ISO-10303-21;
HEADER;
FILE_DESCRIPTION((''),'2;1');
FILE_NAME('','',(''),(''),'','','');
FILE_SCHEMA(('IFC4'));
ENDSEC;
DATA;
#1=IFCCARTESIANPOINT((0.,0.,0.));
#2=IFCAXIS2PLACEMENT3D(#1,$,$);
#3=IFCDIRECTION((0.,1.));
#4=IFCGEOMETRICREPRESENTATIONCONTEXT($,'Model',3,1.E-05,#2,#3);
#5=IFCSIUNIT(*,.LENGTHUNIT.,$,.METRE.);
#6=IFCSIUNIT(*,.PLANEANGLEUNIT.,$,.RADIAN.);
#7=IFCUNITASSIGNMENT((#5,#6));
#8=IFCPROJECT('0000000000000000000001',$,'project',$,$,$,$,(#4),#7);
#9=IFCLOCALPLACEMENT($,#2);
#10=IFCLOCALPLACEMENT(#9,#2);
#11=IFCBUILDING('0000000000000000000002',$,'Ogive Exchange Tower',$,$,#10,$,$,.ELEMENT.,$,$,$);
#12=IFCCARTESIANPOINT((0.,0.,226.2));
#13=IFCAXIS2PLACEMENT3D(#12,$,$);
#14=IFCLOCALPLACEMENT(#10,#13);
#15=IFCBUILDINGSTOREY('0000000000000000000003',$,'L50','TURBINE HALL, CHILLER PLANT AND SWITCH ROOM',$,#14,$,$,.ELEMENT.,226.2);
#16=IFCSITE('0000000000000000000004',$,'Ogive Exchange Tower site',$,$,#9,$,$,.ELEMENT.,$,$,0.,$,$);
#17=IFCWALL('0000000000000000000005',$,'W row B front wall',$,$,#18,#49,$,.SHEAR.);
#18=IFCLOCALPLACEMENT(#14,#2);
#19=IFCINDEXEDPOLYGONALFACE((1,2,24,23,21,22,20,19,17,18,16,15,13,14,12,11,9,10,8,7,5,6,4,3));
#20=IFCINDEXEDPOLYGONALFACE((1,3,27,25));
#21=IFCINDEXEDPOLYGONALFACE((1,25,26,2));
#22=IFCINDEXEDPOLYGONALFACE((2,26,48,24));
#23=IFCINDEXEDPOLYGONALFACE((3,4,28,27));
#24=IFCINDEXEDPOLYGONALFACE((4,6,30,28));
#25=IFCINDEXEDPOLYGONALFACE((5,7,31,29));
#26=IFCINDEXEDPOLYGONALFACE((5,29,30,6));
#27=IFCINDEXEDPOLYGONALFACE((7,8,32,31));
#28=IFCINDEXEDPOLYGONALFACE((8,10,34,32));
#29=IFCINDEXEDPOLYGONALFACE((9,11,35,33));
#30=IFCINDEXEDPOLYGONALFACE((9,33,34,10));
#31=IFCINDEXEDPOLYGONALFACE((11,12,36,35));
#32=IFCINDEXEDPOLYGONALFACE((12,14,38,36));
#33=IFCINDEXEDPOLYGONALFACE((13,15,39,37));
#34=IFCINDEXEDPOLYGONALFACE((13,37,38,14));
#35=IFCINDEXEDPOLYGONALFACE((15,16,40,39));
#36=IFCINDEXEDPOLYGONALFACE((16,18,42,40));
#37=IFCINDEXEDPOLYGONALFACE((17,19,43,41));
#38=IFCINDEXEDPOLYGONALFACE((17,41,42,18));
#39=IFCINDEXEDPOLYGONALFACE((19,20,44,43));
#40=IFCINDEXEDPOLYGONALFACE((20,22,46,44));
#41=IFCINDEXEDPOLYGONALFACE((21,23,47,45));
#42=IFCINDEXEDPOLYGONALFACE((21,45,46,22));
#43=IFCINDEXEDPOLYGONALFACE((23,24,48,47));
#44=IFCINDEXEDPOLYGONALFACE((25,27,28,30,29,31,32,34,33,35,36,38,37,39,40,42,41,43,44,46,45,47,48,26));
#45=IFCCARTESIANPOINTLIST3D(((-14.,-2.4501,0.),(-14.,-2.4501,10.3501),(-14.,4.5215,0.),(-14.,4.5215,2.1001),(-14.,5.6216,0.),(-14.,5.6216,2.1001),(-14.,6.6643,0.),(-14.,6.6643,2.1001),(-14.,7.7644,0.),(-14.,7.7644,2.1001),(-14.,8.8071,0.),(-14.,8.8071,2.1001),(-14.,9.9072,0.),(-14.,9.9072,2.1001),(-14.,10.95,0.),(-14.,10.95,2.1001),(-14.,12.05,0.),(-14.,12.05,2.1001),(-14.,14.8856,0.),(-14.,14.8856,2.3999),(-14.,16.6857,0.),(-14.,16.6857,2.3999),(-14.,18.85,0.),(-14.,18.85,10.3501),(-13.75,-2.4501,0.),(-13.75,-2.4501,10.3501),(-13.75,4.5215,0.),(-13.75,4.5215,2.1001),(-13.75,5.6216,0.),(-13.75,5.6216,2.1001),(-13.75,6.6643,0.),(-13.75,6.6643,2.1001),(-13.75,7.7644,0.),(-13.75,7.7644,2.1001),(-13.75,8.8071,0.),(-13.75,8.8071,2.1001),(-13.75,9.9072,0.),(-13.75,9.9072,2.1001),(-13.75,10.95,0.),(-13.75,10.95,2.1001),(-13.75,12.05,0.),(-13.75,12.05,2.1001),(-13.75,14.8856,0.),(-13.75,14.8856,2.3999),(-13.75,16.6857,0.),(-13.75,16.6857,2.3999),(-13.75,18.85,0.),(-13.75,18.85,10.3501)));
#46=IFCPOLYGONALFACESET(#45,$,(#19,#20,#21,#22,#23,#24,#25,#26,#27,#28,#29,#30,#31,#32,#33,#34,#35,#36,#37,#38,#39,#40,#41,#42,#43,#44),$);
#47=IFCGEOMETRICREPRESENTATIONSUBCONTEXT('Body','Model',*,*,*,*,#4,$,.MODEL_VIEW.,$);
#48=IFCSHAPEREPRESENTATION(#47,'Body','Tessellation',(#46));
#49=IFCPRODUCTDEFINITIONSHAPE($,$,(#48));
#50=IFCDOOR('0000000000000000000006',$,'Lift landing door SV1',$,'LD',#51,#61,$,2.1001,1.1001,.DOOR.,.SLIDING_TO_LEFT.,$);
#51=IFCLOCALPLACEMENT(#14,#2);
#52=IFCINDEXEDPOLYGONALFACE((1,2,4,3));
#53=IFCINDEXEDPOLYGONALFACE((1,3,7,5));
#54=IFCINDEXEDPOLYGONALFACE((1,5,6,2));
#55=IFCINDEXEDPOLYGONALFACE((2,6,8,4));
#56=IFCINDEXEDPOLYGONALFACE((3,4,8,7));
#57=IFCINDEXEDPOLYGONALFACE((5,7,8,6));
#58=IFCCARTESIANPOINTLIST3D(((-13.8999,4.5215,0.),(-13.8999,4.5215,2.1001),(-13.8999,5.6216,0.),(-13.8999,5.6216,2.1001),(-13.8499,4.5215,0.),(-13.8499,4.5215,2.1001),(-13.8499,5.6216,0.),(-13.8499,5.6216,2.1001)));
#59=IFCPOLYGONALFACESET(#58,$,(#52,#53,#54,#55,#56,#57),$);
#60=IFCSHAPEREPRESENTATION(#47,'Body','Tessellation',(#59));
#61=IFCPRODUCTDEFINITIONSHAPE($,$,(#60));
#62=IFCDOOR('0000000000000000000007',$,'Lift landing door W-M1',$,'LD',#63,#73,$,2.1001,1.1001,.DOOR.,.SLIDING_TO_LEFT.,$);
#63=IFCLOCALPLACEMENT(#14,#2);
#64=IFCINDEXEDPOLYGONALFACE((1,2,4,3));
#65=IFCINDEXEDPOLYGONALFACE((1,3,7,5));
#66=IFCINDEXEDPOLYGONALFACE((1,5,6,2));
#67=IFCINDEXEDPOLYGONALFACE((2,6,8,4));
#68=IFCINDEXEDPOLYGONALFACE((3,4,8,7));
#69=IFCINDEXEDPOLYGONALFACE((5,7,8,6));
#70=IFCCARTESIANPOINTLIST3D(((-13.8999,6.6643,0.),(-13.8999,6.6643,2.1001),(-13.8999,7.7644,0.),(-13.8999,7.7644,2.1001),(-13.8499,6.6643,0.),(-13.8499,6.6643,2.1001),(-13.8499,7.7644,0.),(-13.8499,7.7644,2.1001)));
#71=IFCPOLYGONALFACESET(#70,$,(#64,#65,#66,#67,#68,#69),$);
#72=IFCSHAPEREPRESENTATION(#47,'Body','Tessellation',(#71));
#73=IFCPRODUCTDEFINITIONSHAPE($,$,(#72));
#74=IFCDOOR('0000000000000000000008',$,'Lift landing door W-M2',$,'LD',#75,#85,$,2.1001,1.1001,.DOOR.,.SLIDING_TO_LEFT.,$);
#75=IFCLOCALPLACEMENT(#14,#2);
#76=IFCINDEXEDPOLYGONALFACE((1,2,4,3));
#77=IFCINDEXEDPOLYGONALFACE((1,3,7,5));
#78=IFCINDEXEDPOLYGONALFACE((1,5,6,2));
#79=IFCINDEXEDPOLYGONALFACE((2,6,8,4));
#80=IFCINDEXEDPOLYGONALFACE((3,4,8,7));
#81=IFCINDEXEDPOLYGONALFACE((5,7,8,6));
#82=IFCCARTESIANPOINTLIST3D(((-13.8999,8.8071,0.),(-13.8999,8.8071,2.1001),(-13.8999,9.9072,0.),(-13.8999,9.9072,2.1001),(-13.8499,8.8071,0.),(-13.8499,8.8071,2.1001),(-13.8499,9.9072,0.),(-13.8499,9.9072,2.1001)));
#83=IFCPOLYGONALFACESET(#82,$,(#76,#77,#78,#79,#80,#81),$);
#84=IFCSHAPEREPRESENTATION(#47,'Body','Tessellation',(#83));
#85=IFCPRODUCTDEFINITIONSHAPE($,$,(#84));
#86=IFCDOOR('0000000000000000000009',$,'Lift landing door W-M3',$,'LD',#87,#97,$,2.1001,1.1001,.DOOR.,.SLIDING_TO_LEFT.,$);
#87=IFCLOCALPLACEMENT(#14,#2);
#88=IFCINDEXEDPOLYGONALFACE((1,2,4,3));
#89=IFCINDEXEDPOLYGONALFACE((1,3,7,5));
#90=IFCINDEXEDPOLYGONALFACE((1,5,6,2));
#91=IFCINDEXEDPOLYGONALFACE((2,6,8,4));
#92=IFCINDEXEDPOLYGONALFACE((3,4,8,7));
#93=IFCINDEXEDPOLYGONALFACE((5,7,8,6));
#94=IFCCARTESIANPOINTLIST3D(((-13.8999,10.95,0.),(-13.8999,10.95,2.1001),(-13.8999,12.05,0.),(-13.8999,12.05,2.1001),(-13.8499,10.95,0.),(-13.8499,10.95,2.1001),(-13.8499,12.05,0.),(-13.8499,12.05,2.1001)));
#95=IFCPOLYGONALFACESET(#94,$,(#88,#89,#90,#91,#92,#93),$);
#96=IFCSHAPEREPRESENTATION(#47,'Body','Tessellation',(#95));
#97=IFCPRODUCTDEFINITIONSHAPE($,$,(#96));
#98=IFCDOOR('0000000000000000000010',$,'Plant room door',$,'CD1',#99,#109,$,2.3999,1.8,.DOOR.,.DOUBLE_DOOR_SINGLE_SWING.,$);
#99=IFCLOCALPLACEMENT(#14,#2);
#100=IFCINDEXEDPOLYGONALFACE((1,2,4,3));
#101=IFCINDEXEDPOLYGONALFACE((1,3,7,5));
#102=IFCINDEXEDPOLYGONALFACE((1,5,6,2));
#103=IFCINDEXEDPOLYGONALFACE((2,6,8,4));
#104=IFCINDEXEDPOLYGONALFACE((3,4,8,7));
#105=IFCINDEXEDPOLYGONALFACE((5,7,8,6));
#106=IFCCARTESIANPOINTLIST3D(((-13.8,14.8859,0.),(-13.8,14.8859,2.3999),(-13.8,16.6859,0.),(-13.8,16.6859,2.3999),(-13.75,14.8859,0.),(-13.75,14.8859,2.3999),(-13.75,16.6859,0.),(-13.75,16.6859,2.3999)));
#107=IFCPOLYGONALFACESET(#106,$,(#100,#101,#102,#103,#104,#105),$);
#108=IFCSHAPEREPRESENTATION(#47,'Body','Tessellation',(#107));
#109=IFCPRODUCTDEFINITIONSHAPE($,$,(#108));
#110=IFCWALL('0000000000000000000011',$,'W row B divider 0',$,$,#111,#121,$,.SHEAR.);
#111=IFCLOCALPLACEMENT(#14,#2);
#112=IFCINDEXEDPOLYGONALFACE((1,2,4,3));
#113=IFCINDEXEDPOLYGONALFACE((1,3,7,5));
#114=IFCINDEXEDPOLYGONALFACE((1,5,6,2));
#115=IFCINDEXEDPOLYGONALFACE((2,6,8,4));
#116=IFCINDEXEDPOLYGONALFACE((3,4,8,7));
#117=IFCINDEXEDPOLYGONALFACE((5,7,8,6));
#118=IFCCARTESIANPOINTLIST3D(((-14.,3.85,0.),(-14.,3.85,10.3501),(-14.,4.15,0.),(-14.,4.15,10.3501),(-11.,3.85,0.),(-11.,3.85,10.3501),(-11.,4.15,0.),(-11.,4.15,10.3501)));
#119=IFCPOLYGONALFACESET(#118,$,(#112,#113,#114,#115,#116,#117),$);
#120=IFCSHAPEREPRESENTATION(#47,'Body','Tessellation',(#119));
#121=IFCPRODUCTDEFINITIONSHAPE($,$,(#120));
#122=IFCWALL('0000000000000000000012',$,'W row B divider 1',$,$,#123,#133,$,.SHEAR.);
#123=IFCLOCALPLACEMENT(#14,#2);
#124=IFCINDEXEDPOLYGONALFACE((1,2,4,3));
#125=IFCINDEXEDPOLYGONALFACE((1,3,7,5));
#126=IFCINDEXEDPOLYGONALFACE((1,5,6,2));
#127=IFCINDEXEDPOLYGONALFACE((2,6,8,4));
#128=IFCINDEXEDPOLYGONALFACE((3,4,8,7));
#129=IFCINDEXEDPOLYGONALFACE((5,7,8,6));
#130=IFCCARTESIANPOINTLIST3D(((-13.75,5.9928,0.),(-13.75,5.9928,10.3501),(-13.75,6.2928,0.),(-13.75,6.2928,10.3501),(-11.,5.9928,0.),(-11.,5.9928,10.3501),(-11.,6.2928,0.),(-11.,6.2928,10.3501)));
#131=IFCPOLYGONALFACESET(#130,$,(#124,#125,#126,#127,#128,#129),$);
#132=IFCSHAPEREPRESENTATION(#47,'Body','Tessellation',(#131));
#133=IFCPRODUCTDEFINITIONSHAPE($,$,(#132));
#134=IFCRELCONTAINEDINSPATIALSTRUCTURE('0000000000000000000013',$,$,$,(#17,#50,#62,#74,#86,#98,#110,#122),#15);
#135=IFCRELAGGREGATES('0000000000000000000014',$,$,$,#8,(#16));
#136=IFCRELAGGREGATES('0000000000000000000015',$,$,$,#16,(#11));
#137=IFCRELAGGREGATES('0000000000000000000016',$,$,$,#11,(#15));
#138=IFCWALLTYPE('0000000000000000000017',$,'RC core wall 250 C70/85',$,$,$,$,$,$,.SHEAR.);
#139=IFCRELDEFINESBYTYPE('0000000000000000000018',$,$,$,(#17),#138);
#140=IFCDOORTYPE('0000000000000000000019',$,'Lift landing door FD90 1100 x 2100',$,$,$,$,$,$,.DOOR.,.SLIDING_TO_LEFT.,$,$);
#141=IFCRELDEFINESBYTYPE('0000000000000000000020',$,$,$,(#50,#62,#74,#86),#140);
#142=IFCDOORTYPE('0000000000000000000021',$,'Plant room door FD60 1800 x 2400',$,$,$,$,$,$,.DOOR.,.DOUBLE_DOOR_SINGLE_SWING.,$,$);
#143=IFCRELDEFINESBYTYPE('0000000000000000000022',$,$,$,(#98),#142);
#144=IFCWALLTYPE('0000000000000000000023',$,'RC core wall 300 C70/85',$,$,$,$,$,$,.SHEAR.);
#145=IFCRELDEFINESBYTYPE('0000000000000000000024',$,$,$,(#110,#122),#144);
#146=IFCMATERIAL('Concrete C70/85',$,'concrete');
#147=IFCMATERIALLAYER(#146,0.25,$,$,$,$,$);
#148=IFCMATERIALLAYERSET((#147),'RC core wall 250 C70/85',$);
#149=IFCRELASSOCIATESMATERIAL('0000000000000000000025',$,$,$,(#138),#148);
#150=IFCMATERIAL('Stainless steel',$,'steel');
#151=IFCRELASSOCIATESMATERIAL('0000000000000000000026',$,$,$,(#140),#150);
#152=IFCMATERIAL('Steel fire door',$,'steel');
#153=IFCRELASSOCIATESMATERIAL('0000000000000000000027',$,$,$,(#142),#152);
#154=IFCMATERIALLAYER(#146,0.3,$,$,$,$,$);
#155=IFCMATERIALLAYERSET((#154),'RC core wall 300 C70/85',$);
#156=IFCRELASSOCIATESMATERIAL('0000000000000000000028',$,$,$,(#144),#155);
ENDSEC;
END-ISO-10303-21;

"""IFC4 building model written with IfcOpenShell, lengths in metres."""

from ifc_helpers import new_model, si_unit, direction, frame, frame_2d, origin, place, context, subcontext, project, spatial, rectangle, extrude, material, layer, layer_set, type_object, element, fill, save


model = new_model("IFC4")

# Units and contexts
model_context = context("Model", 3, precision=1e-05, world=origin(), true_north=direction((0.0, 1.0)))
body_context = subcontext(model_context, "Body", "Model", "MODEL_VIEW")
ifc_project = project(units=[si_unit("LENGTHUNIT", "METRE"), si_unit("PLANEANGLEUNIT", "RADIAN")], contexts=[model_context])

# Site, building, storey
site_placement = place(None, origin())
site = spatial("IfcSite", under=ifc_project, at=site_placement, Name="Ogive Exchange Tower site", CompositionType="ELEMENT", RefElevation=0.0)
building_placement = place(site_placement, origin())
building = spatial("IfcBuilding", under=site, at=building_placement, Name="Ogive Exchange Tower", CompositionType="ELEMENT")
storey_placement = place(building_placement, frame((0.0, 0.0, 226.2)))
storey = spatial("IfcBuildingStorey", under=building, at=storey_placement, Name="L50", Description="TURBINE HALL, CHILLER PLANT AND SWITCH ROOM", CompositionType="ELEMENT", Elevation=226.2)

# Shared definitions
ifc_material_1 = material(Name="Concrete C70/85", Category="concrete")
ifc_material_2 = material(Name="Steel fire door", Category="steel")

# Wall, openings, doors
ifc_layer_1 = layer(ifc_material_1, 0.25)
ifc_layer_set_1 = layer_set([ifc_layer_1], Name="RC core wall 250 C70/85")
wall_type_1 = type_object("IfcWallType", Name="RC core wall 250 C70/85", PredefinedType="SHEAR", material=ifc_layer_set_1)
ifc_material_3 = material(Name="Stainless steel", Category="steel")
door_type_1 = type_object("IfcDoorType", Name="Lift landing door FD90 1100 x 2100", OperationType="SLIDING_TO_LEFT", PredefinedType="DOOR", material=ifc_material_3)
door_type_2 = type_object("IfcDoorType", Name="Plant room door FD60 1800 x 2400", OperationType="DOUBLE_DOOR_SINGLE_SWING", PredefinedType="DOOR", material=ifc_material_2)
wall_1_placement = place(storey_placement, frame((-13.875, -2.45, 0.0), z_axis=(0.0, 0.0, 1.0), x_axis=(0.0, 1.0, 0.0)))
wall_1 = element("IfcWall", 1, at=wall_1_placement, inside=storey, type_object=wall_type_1, Name="W row B front wall", PredefinedType="SHEAR", context=body_context, shape_type="SweptSolid", body=[
    extrude(rectangle(XDim=21.3, YDim=0.25, at=frame_2d((10.6499, 0.0))), origin(), (0.0, 0.0, 1.0), 10.3501),
])
opening_1_placement = place(wall_1_placement, frame((17.3357, 0.0, 0.0)))
opening_1 = element("IfcOpeningElement", 2, at=opening_1_placement, cuts=wall_1, PredefinedType="OPENING", context=body_context, shape_type="SweptSolid", body=[
    extrude(rectangle(XDim=1.8, YDim=2.3999, at=frame_2d((0.8999, 1.2))), frame((0.0, 0.135, 0.0), z_axis=(0.0, -1.0, 0.0), x_axis=(1.0, 0.0, 0.0)), (0.0, 0.0, 1.0), 0.27),
])
opening_2_placement = place(wall_1_placement, frame((6.9714, 0.0, 0.0)))
opening_2 = element("IfcOpeningElement", 3, at=opening_2_placement, cuts=wall_1, PredefinedType="OPENING", context=body_context, shape_type="SweptSolid", body=[
    extrude(rectangle(XDim=1.1001, YDim=2.1001, at=frame_2d((0.55, 1.05))), frame((0.0, 0.135, 0.0), z_axis=(0.0, -1.0, 0.0), x_axis=(1.0, 0.0, 0.0)), (0.0, 0.0, 1.0), 0.27),
])
opening_3_placement = place(wall_1_placement, frame((9.1143, 0.0, 0.0)))
opening_3 = element("IfcOpeningElement", 4, at=opening_3_placement, cuts=wall_1, PredefinedType="OPENING", context=body_context, shape_type="SweptSolid", body=[
    extrude(rectangle(XDim=1.1001, YDim=2.1001, at=frame_2d((0.55, 1.05))), frame((0.0, 0.135, 0.0), z_axis=(0.0, -1.0, 0.0), x_axis=(1.0, 0.0, 0.0)), (0.0, 0.0, 1.0), 0.27),
])
opening_4_placement = place(wall_1_placement, frame((11.2571, 0.0, 0.0)))
opening_4 = element("IfcOpeningElement", 5, at=opening_4_placement, cuts=wall_1, PredefinedType="OPENING", context=body_context, shape_type="SweptSolid", body=[
    extrude(rectangle(XDim=1.1001, YDim=2.1001, at=frame_2d((0.55, 1.05))), frame((0.0, 0.135, 0.0), z_axis=(0.0, -1.0, 0.0), x_axis=(1.0, 0.0, 0.0)), (0.0, 0.0, 1.0), 0.27),
])
opening_5_placement = place(wall_1_placement, frame((13.3999, 0.0, 0.0)))
opening_5 = element("IfcOpeningElement", 6, at=opening_5_placement, cuts=wall_1, PredefinedType="OPENING", context=body_context, shape_type="SweptSolid", body=[
    extrude(rectangle(XDim=1.1001, YDim=2.1001, at=frame_2d((0.55, 1.05))), frame((0.0, 0.135, 0.0), z_axis=(0.0, -1.0, 0.0), x_axis=(1.0, 0.0, 0.0)), (0.0, 0.0, 1.0), 0.27),
])
door_1_placement = place(opening_2_placement, origin())
door_1 = element("IfcDoor", 7, at=door_1_placement, inside=storey, type_object=door_type_1, Name="Lift landing door SV1", ObjectType="LD", OperationType="SLIDING_TO_LEFT", OverallHeight=2.1001, OverallWidth=1.1001, PredefinedType="DOOR", context=body_context, shape_type="SweptSolid", body=[
    extrude(rectangle(XDim=1.1001, YDim=2.1001, at=frame_2d((0.55, 1.05))), frame((0.0, 0.0249, 0.0), z_axis=(0.0, -1.0, 0.0), x_axis=(1.0, 0.0, 0.0)), (0.0, 0.0, 1.0), 0.05),
])
fill(opening_2, door_1)
door_2_placement = place(opening_3_placement, origin())
door_2 = element("IfcDoor", 8, at=door_2_placement, inside=storey, type_object=door_type_1, Name="Lift landing door W-M1", ObjectType="LD", OperationType="SLIDING_TO_LEFT", OverallHeight=2.1001, OverallWidth=1.1001, PredefinedType="DOOR", context=body_context, shape_type="SweptSolid", body=[
    extrude(rectangle(XDim=1.1001, YDim=2.1001, at=frame_2d((0.55, 1.05))), frame((0.0, 0.0249, 0.0), z_axis=(0.0, -1.0, 0.0), x_axis=(1.0, 0.0, 0.0)), (0.0, 0.0, 1.0), 0.05),
])
fill(opening_3, door_2)
door_3_placement = place(opening_4_placement, origin())
door_3 = element("IfcDoor", 9, at=door_3_placement, inside=storey, type_object=door_type_1, Name="Lift landing door W-M2", ObjectType="LD", OperationType="SLIDING_TO_LEFT", OverallHeight=2.1001, OverallWidth=1.1001, PredefinedType="DOOR", context=body_context, shape_type="SweptSolid", body=[
    extrude(rectangle(XDim=1.1001, YDim=2.1001, at=frame_2d((0.55, 1.05))), frame((0.0, 0.0249, 0.0), z_axis=(0.0, -1.0, 0.0), x_axis=(1.0, 0.0, 0.0)), (0.0, 0.0, 1.0), 0.05),
])
fill(opening_4, door_3)
door_4_placement = place(opening_5_placement, origin())
door_4 = element("IfcDoor", 10, at=door_4_placement, inside=storey, type_object=door_type_1, Name="Lift landing door W-M3", ObjectType="LD", OperationType="SLIDING_TO_LEFT", OverallHeight=2.1001, OverallWidth=1.1001, PredefinedType="DOOR", context=body_context, shape_type="SweptSolid", body=[
    extrude(rectangle(XDim=1.1001, YDim=2.1001, at=frame_2d((0.55, 1.05))), frame((0.0, 0.0249, 0.0), z_axis=(0.0, -1.0, 0.0), x_axis=(1.0, 0.0, 0.0)), (0.0, 0.0, 1.0), 0.05),
])
fill(opening_5, door_4)
door_5_placement = place(opening_1_placement, frame((1.8, -0.2002, 0.0), z_axis=(0.0, 0.0, 1.0), x_axis=(-1.0, 0.0, 0.0)))
door_5 = element("IfcDoor", 11, at=door_5_placement, inside=storey, type_object=door_type_2, Name="Plant room door", ObjectType="CD1", OperationType="DOUBLE_DOOR_SINGLE_SWING", OverallHeight=2.3999, OverallWidth=1.8, PredefinedType="DOOR", context=body_context, shape_type="SweptSolid", body=[
    extrude(rectangle(XDim=1.8, YDim=2.3999, at=frame_2d((0.8999, 1.2))), frame((0.0, -0.0752, 0.0), z_axis=(0.0, -1.0, 0.0), x_axis=(1.0, 0.0, 0.0)), (0.0, 0.0, 1.0), 0.05),
])
fill(opening_1, door_5)

# Walls
ifc_layer_2 = layer(ifc_material_1, 0.3)
ifc_layer_set_2 = layer_set([ifc_layer_2], Name="RC core wall 300 C70/85")
wall_type_2 = type_object("IfcWallType", Name="RC core wall 300 C70/85", PredefinedType="SHEAR", material=ifc_layer_set_2)
wall_2_placement = place(storey_placement, frame((-14.0, 4.0, 0.0), z_axis=(0.0, 0.0, 1.0), x_axis=(1.0, 0.0, 0.0)))
element("IfcWall", 12, at=wall_2_placement, inside=storey, type_object=wall_type_2, Name="W row B divider 0", PredefinedType="SHEAR", context=body_context, shape_type="SweptSolid", body=[
    extrude(rectangle(XDim=3.0, YDim=0.3, at=frame_2d((1.5, 0.0))), origin(), (0.0, 0.0, 1.0), 10.3501),
])
wall_3_placement = place(storey_placement, frame((-13.75, 6.1428, 0.0), z_axis=(0.0, 0.0, 1.0), x_axis=(1.0, 0.0, 0.0)))
element("IfcWall", 13, at=wall_3_placement, inside=storey, type_object=wall_type_2, Name="W row B divider 1", PredefinedType="SHEAR", context=body_context, shape_type="SweptSolid", body=[
    extrude(rectangle(XDim=2.75, YDim=0.3, at=frame_2d((1.375, 0.0))), origin(), (0.0, 0.0, 1.0), 10.3501),
])

save(model, "model.ifc")
